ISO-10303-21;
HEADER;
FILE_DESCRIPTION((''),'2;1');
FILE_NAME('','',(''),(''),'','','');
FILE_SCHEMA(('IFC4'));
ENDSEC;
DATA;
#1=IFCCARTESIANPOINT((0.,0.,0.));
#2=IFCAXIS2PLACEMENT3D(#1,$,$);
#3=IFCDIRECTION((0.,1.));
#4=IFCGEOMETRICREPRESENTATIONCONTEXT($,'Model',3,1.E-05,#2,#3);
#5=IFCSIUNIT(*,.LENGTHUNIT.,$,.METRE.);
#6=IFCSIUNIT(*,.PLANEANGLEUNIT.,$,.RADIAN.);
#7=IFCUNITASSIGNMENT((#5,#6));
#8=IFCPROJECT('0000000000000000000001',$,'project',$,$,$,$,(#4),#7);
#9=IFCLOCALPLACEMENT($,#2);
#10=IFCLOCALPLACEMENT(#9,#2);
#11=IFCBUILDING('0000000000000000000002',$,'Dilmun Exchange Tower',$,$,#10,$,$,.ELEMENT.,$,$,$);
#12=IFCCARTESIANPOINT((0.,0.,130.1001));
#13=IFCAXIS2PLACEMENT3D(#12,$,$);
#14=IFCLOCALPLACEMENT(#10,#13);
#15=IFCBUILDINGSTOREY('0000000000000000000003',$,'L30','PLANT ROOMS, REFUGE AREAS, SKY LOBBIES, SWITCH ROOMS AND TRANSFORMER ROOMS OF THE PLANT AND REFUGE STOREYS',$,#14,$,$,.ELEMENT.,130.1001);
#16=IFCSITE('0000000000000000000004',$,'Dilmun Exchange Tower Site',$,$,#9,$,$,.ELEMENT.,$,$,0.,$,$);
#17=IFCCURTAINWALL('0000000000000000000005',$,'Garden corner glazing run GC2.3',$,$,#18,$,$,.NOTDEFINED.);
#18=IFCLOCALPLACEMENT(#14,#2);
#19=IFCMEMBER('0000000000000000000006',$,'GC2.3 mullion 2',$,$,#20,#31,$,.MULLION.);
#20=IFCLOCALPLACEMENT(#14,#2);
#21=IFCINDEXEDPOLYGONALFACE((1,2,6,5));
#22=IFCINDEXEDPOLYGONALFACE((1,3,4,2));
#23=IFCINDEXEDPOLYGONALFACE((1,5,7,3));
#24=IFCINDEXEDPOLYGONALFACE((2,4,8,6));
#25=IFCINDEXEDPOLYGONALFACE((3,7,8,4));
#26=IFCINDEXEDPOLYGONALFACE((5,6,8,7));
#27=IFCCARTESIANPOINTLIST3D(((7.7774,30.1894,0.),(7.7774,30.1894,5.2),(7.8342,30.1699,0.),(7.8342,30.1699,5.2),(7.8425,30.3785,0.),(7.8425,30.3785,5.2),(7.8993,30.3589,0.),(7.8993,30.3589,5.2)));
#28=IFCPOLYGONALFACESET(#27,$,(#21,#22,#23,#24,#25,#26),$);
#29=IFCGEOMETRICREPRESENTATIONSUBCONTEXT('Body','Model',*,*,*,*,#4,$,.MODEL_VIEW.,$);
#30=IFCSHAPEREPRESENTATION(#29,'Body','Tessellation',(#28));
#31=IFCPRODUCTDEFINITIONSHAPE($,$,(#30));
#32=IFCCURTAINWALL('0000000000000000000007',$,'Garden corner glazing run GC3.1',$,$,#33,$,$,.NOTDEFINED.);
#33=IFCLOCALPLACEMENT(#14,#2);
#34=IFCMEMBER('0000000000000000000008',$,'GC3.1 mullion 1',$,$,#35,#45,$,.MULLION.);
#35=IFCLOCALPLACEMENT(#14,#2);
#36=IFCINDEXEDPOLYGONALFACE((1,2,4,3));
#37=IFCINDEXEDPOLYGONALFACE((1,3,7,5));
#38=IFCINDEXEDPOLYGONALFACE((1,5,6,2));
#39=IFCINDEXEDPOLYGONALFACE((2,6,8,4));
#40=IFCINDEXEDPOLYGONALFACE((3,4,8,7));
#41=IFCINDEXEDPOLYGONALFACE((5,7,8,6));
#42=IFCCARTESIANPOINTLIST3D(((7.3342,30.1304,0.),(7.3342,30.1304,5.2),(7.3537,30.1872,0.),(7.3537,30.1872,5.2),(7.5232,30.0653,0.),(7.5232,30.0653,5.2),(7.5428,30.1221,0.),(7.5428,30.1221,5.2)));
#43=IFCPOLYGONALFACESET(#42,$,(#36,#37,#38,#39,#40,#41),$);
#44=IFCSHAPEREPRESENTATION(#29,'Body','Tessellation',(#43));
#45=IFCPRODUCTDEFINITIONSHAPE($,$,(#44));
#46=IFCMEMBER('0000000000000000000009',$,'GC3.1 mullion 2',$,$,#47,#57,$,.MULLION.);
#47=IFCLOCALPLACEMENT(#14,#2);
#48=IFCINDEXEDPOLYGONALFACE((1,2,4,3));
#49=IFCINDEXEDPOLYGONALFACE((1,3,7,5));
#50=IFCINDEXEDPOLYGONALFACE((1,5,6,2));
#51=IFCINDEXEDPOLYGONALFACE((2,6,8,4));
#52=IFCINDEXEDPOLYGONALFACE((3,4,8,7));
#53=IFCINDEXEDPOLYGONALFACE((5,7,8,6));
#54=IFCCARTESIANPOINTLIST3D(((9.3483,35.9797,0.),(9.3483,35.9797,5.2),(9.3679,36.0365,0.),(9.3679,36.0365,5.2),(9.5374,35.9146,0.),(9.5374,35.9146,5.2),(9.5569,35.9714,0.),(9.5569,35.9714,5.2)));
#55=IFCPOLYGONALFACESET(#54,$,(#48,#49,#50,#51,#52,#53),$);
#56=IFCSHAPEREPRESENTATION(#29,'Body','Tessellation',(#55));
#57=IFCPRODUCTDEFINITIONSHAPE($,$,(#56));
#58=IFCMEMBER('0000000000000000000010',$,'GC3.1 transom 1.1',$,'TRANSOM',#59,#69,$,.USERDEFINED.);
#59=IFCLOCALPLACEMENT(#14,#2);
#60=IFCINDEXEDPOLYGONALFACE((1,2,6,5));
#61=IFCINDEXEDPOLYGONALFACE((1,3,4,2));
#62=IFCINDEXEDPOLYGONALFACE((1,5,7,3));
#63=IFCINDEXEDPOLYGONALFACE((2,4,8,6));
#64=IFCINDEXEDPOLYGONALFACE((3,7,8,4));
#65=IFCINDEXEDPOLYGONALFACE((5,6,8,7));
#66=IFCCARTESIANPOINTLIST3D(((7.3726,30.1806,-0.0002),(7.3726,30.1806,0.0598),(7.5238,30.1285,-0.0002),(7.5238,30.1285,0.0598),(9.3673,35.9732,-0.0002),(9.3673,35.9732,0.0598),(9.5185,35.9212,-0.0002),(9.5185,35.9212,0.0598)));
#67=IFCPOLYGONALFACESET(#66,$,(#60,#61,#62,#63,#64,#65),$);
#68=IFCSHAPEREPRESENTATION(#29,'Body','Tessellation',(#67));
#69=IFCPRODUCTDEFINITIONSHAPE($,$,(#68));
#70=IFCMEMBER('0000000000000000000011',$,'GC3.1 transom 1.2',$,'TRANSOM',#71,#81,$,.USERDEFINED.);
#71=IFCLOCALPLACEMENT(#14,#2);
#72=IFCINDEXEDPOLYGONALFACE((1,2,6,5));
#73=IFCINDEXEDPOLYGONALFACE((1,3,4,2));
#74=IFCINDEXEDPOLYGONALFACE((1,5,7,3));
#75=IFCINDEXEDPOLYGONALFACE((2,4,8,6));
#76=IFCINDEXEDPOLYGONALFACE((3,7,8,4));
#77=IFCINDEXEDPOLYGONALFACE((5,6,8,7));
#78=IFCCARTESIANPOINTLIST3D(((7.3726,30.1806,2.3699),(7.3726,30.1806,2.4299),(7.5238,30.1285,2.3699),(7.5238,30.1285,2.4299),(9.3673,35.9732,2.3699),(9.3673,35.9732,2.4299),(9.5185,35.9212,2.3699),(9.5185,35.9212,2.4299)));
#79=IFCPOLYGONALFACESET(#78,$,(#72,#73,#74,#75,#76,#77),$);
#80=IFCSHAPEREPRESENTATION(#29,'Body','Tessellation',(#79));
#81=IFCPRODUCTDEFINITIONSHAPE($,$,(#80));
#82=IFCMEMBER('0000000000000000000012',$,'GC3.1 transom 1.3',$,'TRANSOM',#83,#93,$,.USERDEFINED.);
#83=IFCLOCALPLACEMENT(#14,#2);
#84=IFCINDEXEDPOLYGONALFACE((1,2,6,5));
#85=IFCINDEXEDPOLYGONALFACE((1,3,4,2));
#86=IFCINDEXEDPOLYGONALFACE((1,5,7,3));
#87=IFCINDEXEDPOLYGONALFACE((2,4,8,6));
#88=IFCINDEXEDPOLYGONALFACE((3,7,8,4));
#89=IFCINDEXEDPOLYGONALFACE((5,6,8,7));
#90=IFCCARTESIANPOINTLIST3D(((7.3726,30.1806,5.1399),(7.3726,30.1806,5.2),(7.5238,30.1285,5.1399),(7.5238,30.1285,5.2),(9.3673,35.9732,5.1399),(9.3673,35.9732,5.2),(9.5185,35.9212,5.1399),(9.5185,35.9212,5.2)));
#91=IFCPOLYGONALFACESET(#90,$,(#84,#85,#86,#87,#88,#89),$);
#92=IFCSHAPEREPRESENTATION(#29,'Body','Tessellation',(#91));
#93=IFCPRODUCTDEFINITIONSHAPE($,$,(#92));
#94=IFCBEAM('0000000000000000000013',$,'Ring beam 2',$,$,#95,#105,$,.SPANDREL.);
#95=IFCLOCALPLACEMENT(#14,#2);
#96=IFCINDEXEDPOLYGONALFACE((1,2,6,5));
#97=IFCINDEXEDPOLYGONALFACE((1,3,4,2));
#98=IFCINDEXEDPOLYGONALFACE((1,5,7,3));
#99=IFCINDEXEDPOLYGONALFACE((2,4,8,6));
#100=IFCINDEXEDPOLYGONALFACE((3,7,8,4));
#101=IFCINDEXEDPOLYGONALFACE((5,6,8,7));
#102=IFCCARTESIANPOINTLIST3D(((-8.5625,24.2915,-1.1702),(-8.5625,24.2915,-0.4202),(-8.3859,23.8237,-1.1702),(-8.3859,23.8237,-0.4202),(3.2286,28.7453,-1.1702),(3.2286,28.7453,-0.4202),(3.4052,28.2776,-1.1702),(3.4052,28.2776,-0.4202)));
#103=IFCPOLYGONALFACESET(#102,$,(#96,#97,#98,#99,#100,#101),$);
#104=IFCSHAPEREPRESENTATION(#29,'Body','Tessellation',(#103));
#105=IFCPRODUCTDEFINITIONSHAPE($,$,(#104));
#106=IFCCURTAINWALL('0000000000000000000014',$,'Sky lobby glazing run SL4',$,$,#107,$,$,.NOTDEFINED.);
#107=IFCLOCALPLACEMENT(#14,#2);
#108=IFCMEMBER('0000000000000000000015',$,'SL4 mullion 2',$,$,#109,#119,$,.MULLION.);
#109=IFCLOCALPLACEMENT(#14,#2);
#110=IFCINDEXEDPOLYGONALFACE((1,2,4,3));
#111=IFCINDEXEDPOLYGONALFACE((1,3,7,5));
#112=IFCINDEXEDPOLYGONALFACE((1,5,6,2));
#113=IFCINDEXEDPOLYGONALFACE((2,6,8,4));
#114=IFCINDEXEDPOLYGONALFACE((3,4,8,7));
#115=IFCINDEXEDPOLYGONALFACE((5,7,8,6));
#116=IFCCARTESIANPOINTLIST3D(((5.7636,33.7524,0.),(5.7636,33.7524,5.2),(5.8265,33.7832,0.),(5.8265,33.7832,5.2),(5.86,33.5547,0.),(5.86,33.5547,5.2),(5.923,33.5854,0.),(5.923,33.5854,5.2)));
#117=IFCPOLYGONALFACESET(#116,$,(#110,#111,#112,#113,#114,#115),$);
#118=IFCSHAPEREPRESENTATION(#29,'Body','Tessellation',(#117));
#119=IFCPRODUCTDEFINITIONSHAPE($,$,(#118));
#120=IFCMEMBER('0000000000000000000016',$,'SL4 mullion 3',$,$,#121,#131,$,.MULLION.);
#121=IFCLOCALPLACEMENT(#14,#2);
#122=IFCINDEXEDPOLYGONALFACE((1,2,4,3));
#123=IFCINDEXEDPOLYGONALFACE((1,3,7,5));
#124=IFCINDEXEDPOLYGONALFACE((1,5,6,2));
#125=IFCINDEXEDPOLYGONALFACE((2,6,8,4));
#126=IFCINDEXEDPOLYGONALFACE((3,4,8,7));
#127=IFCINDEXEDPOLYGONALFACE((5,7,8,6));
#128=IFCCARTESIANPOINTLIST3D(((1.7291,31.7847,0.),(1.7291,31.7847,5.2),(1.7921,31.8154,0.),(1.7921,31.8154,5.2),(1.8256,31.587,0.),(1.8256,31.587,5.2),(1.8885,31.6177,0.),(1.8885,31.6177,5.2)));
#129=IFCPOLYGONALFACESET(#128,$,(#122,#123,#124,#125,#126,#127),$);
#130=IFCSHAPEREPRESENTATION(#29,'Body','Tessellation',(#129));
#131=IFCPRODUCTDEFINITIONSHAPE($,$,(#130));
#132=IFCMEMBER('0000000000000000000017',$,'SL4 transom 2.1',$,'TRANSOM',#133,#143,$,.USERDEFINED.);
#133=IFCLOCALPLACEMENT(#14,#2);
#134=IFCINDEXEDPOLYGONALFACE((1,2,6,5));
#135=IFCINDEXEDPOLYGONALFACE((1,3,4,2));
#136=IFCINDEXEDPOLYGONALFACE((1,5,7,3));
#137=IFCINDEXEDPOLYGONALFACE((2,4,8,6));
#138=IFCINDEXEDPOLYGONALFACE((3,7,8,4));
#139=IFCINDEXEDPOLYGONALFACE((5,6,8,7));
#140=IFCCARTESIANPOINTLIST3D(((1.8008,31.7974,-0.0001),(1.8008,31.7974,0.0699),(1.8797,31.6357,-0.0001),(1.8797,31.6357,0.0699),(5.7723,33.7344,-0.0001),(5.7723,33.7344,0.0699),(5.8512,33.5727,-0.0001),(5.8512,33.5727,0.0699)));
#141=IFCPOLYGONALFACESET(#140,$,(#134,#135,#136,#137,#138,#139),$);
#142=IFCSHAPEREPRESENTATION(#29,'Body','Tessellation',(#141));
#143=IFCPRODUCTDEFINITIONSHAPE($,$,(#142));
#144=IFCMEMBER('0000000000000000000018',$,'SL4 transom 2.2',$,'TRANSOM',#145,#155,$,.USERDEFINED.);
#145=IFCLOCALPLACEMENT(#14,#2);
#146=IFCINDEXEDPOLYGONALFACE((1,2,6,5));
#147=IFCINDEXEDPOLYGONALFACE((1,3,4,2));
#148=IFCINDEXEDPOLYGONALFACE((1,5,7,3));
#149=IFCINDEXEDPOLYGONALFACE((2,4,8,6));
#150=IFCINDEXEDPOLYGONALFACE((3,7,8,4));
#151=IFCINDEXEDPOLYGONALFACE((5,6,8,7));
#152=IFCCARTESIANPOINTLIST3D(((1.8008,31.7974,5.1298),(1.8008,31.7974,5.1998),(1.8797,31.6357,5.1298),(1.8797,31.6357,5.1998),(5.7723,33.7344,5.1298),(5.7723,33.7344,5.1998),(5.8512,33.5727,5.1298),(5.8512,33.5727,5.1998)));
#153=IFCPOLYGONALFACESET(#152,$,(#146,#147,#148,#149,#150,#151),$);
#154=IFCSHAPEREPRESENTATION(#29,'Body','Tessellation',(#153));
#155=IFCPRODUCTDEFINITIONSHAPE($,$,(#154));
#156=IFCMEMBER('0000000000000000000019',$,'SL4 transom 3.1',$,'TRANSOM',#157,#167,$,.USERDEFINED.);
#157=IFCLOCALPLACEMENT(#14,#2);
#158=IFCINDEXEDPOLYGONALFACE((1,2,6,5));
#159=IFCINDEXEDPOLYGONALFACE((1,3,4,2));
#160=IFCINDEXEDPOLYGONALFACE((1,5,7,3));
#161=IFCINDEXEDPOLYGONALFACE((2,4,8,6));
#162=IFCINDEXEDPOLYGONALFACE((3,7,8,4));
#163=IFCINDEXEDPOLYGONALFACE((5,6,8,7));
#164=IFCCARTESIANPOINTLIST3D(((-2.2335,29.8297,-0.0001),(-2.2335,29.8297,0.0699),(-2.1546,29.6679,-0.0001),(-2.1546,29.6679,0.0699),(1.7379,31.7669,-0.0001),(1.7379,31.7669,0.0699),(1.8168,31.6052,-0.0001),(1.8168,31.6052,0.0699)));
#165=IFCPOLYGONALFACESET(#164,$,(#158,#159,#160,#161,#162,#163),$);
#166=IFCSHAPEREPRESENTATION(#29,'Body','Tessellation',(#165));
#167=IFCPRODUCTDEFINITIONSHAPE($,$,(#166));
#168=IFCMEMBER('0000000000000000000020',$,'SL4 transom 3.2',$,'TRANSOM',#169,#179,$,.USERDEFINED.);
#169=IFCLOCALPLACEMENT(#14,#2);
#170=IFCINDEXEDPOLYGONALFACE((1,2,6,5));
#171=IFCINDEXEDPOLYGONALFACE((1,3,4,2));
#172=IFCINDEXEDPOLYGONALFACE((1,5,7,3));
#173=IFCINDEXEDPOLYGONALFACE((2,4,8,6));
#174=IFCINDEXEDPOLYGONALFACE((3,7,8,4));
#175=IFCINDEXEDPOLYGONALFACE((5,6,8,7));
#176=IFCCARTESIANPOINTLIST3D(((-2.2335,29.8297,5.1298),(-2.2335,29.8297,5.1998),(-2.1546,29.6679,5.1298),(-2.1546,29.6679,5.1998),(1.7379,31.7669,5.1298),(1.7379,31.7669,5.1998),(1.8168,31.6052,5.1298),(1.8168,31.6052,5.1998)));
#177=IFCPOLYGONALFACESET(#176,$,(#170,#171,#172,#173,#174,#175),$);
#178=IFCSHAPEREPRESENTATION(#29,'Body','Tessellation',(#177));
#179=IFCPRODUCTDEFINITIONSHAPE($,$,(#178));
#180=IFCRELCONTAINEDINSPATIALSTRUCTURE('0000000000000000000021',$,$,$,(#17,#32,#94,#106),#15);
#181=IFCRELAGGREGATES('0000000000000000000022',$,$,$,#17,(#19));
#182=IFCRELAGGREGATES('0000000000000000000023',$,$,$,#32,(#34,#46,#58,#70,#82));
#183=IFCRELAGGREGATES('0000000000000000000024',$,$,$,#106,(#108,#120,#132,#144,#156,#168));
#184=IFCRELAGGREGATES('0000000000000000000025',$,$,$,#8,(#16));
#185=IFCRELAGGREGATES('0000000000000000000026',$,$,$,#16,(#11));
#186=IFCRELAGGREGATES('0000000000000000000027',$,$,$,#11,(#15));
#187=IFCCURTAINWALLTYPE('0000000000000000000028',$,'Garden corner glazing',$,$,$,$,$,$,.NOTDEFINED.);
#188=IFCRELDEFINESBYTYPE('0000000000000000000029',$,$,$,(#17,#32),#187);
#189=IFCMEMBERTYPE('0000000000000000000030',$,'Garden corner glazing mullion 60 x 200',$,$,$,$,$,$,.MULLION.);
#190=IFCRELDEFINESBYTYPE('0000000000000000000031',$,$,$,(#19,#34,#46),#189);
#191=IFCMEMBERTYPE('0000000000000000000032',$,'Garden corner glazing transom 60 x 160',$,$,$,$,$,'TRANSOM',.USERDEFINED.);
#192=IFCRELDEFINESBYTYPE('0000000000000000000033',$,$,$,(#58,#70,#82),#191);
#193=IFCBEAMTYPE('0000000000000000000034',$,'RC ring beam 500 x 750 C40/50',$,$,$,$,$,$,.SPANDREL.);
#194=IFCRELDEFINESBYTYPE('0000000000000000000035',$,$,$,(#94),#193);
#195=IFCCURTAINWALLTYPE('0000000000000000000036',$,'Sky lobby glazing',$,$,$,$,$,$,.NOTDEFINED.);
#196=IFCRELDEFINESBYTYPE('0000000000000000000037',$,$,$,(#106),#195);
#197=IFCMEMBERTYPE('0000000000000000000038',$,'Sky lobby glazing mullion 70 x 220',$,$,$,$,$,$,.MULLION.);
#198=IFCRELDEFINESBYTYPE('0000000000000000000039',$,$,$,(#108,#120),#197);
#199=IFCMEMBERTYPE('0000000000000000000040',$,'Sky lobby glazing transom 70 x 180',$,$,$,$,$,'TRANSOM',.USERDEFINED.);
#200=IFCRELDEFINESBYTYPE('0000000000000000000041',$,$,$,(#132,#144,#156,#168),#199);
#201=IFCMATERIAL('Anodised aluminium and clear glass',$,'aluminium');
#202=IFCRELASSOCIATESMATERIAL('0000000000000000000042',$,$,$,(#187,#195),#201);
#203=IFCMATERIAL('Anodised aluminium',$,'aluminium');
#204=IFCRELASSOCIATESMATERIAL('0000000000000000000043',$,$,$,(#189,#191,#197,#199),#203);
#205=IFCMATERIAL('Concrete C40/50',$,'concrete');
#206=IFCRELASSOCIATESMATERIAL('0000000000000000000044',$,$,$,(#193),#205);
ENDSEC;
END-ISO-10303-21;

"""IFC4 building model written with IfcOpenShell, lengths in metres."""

from ifc_helpers import new_model, si_unit, direction, frame, origin, origin_2d, place, context, subcontext, project, spatial, rectangle, extrude, material, material_profile, profile_set, type_object, element, aggregate, save


model = new_model("IFC4")

# Units and contexts
model_context = context("Model", 3, precision=1e-05, world=origin(), true_north=direction((0.0, 1.0)))
body_context = subcontext(model_context, "Body", "Model", "MODEL_VIEW")
ifc_project = project(units=[si_unit("LENGTHUNIT", "METRE"), si_unit("PLANEANGLEUNIT", "RADIAN")], contexts=[model_context])

# Site, building, storey
site_placement = place(None, origin())
site = spatial("IfcSite", under=ifc_project, at=site_placement, Name="Dilmun Exchange Tower Site", CompositionType="ELEMENT", RefElevation=0.0)
building_placement = place(site_placement, origin())
building = spatial("IfcBuilding", under=site, at=building_placement, Name="Dilmun Exchange Tower", CompositionType="ELEMENT")
storey_placement = place(building_placement, frame((0.0, 0.0, 130.1001)))
storey = spatial("IfcBuildingStorey", under=building, at=storey_placement, Name="L30", Description="PLANT ROOMS, REFUGE AREAS, SKY LOBBIES, SWITCH ROOMS AND TRANSFORMER ROOMS OF THE PLANT AND REFUGE STOREYS", CompositionType="ELEMENT", Elevation=130.1001)

# Curtain wall, member
ifc_material_1 = material(Name="Anodised aluminium and clear glass", Category="aluminium")
curtain_wall_type_1 = type_object("IfcCurtainWallType", Name="Garden corner glazing", PredefinedType="NOTDEFINED", material=ifc_material_1)
curtain_wall_1_placement = place(storey_placement, origin())
curtain_wall_1 = element("IfcCurtainWall", 1, at=curtain_wall_1_placement, inside=storey, type_object=curtain_wall_type_1, Name="Garden corner glazing run GC2.3", PredefinedType="NOTDEFINED")
ifc_material_2 = material(Name="Anodised aluminium", Category="aluminium")
ifc_material_profile_1 = material_profile(ifc_material_2, rectangle(XDim=0.2, YDim=0.0601, at=origin_2d()), Name="AL 60x200")
ifc_profile_set_1 = profile_set([ifc_material_profile_1], Name="Anodised aluminium")
member_type_1 = type_object("IfcMemberType", Name="Garden corner glazing mullion 60 x 200", PredefinedType="MULLION", material=ifc_profile_set_1)
member_1_placement = place(storey_placement, frame((7.8384, 30.2742, 0.0), z_axis=(0.0, 0.0, 1.0), x_axis=(-0.325586, -0.945512, 0.0)))
member_1 = element("IfcMember", 2, at=member_1_placement, type_object=member_type_1, Name="GC2.3 mullion 2", PredefinedType="MULLION", context=body_context, shape_type="SweptSolid", body=[
    extrude(rectangle(XDim=0.2, YDim=0.0601, at=origin_2d()), origin(), (0.0, 0.0, 1.0), 5.2),
])

# Curtain wall, members
curtain_wall_2_placement = place(storey_placement, origin())
curtain_wall_2 = element("IfcCurtainWall", 3, at=curtain_wall_2_placement, inside=storey, type_object=curtain_wall_type_1, Name="Garden corner glazing run GC3.1", PredefinedType="NOTDEFINED")
member_2_placement = place(storey_placement, frame((7.4385, 30.1262, 0.0), z_axis=(0.0, 0.0, 1.0), x_axis=(-0.94552, 0.325563, 0.0)))
member_2 = element("IfcMember", 4, at=member_2_placement, type_object=member_type_1, Name="GC3.1 mullion 1", PredefinedType="MULLION", context=body_context, shape_type="SweptSolid", body=[
    extrude(rectangle(XDim=0.2, YDim=0.0601, at=origin_2d()), origin(), (0.0, 0.0, 1.0), 5.2),
])
member_3_placement = place(storey_placement, frame((9.4526, 35.9756, 0.0), z_axis=(0.0, 0.0, 1.0), x_axis=(-0.94552, 0.325563, 0.0)))
member_3 = element("IfcMember", 5, at=member_3_placement, type_object=member_type_1, Name="GC3.1 mullion 2", PredefinedType="MULLION", context=body_context, shape_type="SweptSolid", body=[
    extrude(rectangle(XDim=0.2, YDim=0.0601, at=origin_2d()), origin(), (0.0, 0.0, 1.0), 5.2),
])
ifc_material_profile_2 = material_profile(ifc_material_2, rectangle(XDim=0.1599, YDim=0.0601, at=origin_2d()), Name="AL 60x160")
ifc_profile_set_2 = profile_set([ifc_material_profile_2], Name="Anodised aluminium")
member_type_2 = type_object("IfcMemberType", Name="Garden corner glazing transom 60 x 160", ElementType="TRANSOM", PredefinedType="USERDEFINED", material=ifc_profile_set_2)
member_4_placement = place(storey_placement, frame((7.4482, 30.1545, 0.0298), z_axis=(0.325573, 0.945517, 0.0), x_axis=(-0.945517, 0.325573, 0.0)))
member_4 = element("IfcMember", 6, at=member_4_placement, type_object=member_type_2, Name="GC3.1 transom 1.1", ObjectType="TRANSOM", PredefinedType="USERDEFINED", context=body_context, shape_type="SweptSolid", body=[
    extrude(rectangle(XDim=0.1599, YDim=0.0601, at=origin_2d()), origin(), (0.0, 0.0, 1.0), 6.1265),
])
member_5_placement = place(storey_placement, frame((7.4482, 30.1545, 2.3999), z_axis=(0.325573, 0.945517, 0.0), x_axis=(-0.945517, 0.325573, 0.0)))
member_5 = element("IfcMember", 7, at=member_5_placement, type_object=member_type_2, Name="GC3.1 transom 1.2", ObjectType="TRANSOM", PredefinedType="USERDEFINED", context=body_context, shape_type="SweptSolid", body=[
    extrude(rectangle(XDim=0.1599, YDim=0.0601, at=origin_2d()), origin(), (0.0, 0.0, 1.0), 6.1265),
])
member_6_placement = place(storey_placement, frame((7.4482, 30.1545, 5.1699), z_axis=(0.325573, 0.945517, 0.0), x_axis=(-0.945517, 0.325573, 0.0)))
member_6 = element("IfcMember", 8, at=member_6_placement, type_object=member_type_2, Name="GC3.1 transom 1.3", ObjectType="TRANSOM", PredefinedType="USERDEFINED", context=body_context, shape_type="SweptSolid", body=[
    extrude(rectangle(XDim=0.1599, YDim=0.0601, at=origin_2d()), origin(), (0.0, 0.0, 1.0), 6.1265),
])

# Beam
ifc_material_3 = material(Name="Concrete C40/50", Category="concrete")
ifc_material_profile_3 = material_profile(ifc_material_3, rectangle(XDim=0.5, YDim=0.75, at=origin_2d()), Name="500 x 750")
ifc_profile_set_3 = profile_set([ifc_material_profile_3], Name="Concrete C40/50")
beam_type_1 = type_object("IfcBeamType", Name="RC ring beam 500 x 750 C40/50", PredefinedType="SPANDREL", material=ifc_profile_set_3)
beam_1_placement = place(storey_placement, frame((3.3169, 28.5115, -0.7952), z_axis=(-0.935486, -0.353364, 0.0), x_axis=(0.353364, -0.935486, 0.0)))
element("IfcBeam", 9, at=beam_1_placement, inside=storey, type_object=beam_type_1, Name="Ring beam 2", PredefinedType="SPANDREL", context=body_context, shape_type="SweptSolid", body=[
    extrude(rectangle(XDim=0.5, YDim=0.75, at=origin_2d()), origin(), (0.0, 0.0, 1.0), 12.6042),
])

# Curtain wall, members
curtain_wall_type_2 = type_object("IfcCurtainWallType", Name="Sky lobby glazing", PredefinedType="NOTDEFINED", material=ifc_material_1)
curtain_wall_3_placement = place(storey_placement, origin())
curtain_wall_3 = element("IfcCurtainWall", 10, at=curtain_wall_3_placement, inside=storey, type_object=curtain_wall_type_2, Name="Sky lobby glazing run SL4", PredefinedType="NOTDEFINED")
ifc_material_profile_4 = material_profile(ifc_material_2, rectangle(XDim=0.22, YDim=0.0701, at=origin_2d()), Name="AL 70x220")
ifc_profile_set_4 = profile_set([ifc_material_profile_4], Name="Anodised aluminium")
member_type_3 = type_object("IfcMemberType", Name="Sky lobby glazing mullion 70 x 220", PredefinedType="MULLION", material=ifc_profile_set_4)
member_7_placement = place(storey_placement, frame((5.8433, 33.6689, 0.0), z_axis=(0.0, 0.0, 1.0), x_axis=(0.438371, -0.898794, 0.0)))
member_7 = element("IfcMember", 11, at=member_7_placement, type_object=member_type_3, Name="SL4 mullion 2", PredefinedType="MULLION", context=body_context, shape_type="SweptSolid", body=[
    extrude(rectangle(XDim=0.22, YDim=0.0701, at=origin_2d()), origin(), (0.0, 0.0, 1.0), 5.2),
])
member_8_placement = place(storey_placement, frame((1.8088, 31.7012, 0.0), z_axis=(0.0, 0.0, 1.0), x_axis=(0.438371, -0.898794, 0.0)))
member_8 = element("IfcMember", 12, at=member_8_placement, type_object=member_type_3, Name="SL4 mullion 3", PredefinedType="MULLION", context=body_context, shape_type="SweptSolid", body=[
    extrude(rectangle(XDim=0.22, YDim=0.0701, at=origin_2d()), origin(), (0.0, 0.0, 1.0), 5.2),
])
ifc_material_profile_5 = material_profile(ifc_material_2, rectangle(XDim=0.1799, YDim=0.0701, at=origin_2d()), Name="AL 70x180")
ifc_profile_set_5 = profile_set([ifc_material_profile_5], Name="Anodised aluminium")
member_type_4 = type_object("IfcMemberType", Name="Sky lobby glazing transom 70 x 180", ElementType="TRANSOM", PredefinedType="USERDEFINED", material=ifc_profile_set_5)
member_9_placement = place(storey_placement, frame((5.8118, 33.6536, 0.0349), z_axis=(-0.898793, -0.438374, 0.0), x_axis=(0.438374, -0.898793, 0.0)))
member_9 = element("IfcMember", 13, at=member_9_placement, type_object=member_type_4, Name="SL4 transom 2.1", ObjectType="TRANSOM", PredefinedType="USERDEFINED", context=body_context, shape_type="SweptSolid", body=[
    extrude(rectangle(XDim=0.1799, YDim=0.0701, at=origin_2d()), origin(), (0.0, 0.0, 1.0), 4.4187),
])
member_10_placement = place(storey_placement, frame((5.8118, 33.6536, 5.1648), z_axis=(-0.898793, -0.438374, 0.0), x_axis=(0.438374, -0.898793, 0.0)))
member_10 = element("IfcMember", 14, at=member_10_placement, type_object=member_type_4, Name="SL4 transom 2.2", ObjectType="TRANSOM", PredefinedType="USERDEFINED", context=body_context, shape_type="SweptSolid", body=[
    extrude(rectangle(XDim=0.1799, YDim=0.0701, at=origin_2d()), origin(), (0.0, 0.0, 1.0), 4.4187),
])
member_11_placement = place(storey_placement, frame((1.7773, 31.686, 0.0349), z_axis=(-0.898771, -0.438418, 0.0), x_axis=(0.438418, -0.898771, 0.0)))
member_11 = element("IfcMember", 15, at=member_11_placement, type_object=member_type_4, Name="SL4 transom 3.1", ObjectType="TRANSOM", PredefinedType="USERDEFINED", context=body_context, shape_type="SweptSolid", body=[
    extrude(rectangle(XDim=0.1799, YDim=0.0701, at=origin_2d()), origin(), (0.0, 0.0, 1.0), 4.4187),
])
member_12_placement = place(storey_placement, frame((1.7773, 31.686, 5.1648), z_axis=(-0.898771, -0.438418, 0.0), x_axis=(0.438418, -0.898771, 0.0)))
member_12 = element("IfcMember", 16, at=member_12_placement, type_object=member_type_4, Name="SL4 transom 3.2", ObjectType="TRANSOM", PredefinedType="USERDEFINED", context=body_context, shape_type="SweptSolid", body=[
    extrude(rectangle(XDim=0.1799, YDim=0.0701, at=origin_2d()), origin(), (0.0, 0.0, 1.0), 4.4187),
])

aggregate(curtain_wall_1, [member_1])
aggregate(curtain_wall_2, [member_2, member_3, member_4, member_5, member_6])
aggregate(curtain_wall_3, [member_7, member_8, member_9, member_10, member_11, member_12])

save(model, "model.ifc")
